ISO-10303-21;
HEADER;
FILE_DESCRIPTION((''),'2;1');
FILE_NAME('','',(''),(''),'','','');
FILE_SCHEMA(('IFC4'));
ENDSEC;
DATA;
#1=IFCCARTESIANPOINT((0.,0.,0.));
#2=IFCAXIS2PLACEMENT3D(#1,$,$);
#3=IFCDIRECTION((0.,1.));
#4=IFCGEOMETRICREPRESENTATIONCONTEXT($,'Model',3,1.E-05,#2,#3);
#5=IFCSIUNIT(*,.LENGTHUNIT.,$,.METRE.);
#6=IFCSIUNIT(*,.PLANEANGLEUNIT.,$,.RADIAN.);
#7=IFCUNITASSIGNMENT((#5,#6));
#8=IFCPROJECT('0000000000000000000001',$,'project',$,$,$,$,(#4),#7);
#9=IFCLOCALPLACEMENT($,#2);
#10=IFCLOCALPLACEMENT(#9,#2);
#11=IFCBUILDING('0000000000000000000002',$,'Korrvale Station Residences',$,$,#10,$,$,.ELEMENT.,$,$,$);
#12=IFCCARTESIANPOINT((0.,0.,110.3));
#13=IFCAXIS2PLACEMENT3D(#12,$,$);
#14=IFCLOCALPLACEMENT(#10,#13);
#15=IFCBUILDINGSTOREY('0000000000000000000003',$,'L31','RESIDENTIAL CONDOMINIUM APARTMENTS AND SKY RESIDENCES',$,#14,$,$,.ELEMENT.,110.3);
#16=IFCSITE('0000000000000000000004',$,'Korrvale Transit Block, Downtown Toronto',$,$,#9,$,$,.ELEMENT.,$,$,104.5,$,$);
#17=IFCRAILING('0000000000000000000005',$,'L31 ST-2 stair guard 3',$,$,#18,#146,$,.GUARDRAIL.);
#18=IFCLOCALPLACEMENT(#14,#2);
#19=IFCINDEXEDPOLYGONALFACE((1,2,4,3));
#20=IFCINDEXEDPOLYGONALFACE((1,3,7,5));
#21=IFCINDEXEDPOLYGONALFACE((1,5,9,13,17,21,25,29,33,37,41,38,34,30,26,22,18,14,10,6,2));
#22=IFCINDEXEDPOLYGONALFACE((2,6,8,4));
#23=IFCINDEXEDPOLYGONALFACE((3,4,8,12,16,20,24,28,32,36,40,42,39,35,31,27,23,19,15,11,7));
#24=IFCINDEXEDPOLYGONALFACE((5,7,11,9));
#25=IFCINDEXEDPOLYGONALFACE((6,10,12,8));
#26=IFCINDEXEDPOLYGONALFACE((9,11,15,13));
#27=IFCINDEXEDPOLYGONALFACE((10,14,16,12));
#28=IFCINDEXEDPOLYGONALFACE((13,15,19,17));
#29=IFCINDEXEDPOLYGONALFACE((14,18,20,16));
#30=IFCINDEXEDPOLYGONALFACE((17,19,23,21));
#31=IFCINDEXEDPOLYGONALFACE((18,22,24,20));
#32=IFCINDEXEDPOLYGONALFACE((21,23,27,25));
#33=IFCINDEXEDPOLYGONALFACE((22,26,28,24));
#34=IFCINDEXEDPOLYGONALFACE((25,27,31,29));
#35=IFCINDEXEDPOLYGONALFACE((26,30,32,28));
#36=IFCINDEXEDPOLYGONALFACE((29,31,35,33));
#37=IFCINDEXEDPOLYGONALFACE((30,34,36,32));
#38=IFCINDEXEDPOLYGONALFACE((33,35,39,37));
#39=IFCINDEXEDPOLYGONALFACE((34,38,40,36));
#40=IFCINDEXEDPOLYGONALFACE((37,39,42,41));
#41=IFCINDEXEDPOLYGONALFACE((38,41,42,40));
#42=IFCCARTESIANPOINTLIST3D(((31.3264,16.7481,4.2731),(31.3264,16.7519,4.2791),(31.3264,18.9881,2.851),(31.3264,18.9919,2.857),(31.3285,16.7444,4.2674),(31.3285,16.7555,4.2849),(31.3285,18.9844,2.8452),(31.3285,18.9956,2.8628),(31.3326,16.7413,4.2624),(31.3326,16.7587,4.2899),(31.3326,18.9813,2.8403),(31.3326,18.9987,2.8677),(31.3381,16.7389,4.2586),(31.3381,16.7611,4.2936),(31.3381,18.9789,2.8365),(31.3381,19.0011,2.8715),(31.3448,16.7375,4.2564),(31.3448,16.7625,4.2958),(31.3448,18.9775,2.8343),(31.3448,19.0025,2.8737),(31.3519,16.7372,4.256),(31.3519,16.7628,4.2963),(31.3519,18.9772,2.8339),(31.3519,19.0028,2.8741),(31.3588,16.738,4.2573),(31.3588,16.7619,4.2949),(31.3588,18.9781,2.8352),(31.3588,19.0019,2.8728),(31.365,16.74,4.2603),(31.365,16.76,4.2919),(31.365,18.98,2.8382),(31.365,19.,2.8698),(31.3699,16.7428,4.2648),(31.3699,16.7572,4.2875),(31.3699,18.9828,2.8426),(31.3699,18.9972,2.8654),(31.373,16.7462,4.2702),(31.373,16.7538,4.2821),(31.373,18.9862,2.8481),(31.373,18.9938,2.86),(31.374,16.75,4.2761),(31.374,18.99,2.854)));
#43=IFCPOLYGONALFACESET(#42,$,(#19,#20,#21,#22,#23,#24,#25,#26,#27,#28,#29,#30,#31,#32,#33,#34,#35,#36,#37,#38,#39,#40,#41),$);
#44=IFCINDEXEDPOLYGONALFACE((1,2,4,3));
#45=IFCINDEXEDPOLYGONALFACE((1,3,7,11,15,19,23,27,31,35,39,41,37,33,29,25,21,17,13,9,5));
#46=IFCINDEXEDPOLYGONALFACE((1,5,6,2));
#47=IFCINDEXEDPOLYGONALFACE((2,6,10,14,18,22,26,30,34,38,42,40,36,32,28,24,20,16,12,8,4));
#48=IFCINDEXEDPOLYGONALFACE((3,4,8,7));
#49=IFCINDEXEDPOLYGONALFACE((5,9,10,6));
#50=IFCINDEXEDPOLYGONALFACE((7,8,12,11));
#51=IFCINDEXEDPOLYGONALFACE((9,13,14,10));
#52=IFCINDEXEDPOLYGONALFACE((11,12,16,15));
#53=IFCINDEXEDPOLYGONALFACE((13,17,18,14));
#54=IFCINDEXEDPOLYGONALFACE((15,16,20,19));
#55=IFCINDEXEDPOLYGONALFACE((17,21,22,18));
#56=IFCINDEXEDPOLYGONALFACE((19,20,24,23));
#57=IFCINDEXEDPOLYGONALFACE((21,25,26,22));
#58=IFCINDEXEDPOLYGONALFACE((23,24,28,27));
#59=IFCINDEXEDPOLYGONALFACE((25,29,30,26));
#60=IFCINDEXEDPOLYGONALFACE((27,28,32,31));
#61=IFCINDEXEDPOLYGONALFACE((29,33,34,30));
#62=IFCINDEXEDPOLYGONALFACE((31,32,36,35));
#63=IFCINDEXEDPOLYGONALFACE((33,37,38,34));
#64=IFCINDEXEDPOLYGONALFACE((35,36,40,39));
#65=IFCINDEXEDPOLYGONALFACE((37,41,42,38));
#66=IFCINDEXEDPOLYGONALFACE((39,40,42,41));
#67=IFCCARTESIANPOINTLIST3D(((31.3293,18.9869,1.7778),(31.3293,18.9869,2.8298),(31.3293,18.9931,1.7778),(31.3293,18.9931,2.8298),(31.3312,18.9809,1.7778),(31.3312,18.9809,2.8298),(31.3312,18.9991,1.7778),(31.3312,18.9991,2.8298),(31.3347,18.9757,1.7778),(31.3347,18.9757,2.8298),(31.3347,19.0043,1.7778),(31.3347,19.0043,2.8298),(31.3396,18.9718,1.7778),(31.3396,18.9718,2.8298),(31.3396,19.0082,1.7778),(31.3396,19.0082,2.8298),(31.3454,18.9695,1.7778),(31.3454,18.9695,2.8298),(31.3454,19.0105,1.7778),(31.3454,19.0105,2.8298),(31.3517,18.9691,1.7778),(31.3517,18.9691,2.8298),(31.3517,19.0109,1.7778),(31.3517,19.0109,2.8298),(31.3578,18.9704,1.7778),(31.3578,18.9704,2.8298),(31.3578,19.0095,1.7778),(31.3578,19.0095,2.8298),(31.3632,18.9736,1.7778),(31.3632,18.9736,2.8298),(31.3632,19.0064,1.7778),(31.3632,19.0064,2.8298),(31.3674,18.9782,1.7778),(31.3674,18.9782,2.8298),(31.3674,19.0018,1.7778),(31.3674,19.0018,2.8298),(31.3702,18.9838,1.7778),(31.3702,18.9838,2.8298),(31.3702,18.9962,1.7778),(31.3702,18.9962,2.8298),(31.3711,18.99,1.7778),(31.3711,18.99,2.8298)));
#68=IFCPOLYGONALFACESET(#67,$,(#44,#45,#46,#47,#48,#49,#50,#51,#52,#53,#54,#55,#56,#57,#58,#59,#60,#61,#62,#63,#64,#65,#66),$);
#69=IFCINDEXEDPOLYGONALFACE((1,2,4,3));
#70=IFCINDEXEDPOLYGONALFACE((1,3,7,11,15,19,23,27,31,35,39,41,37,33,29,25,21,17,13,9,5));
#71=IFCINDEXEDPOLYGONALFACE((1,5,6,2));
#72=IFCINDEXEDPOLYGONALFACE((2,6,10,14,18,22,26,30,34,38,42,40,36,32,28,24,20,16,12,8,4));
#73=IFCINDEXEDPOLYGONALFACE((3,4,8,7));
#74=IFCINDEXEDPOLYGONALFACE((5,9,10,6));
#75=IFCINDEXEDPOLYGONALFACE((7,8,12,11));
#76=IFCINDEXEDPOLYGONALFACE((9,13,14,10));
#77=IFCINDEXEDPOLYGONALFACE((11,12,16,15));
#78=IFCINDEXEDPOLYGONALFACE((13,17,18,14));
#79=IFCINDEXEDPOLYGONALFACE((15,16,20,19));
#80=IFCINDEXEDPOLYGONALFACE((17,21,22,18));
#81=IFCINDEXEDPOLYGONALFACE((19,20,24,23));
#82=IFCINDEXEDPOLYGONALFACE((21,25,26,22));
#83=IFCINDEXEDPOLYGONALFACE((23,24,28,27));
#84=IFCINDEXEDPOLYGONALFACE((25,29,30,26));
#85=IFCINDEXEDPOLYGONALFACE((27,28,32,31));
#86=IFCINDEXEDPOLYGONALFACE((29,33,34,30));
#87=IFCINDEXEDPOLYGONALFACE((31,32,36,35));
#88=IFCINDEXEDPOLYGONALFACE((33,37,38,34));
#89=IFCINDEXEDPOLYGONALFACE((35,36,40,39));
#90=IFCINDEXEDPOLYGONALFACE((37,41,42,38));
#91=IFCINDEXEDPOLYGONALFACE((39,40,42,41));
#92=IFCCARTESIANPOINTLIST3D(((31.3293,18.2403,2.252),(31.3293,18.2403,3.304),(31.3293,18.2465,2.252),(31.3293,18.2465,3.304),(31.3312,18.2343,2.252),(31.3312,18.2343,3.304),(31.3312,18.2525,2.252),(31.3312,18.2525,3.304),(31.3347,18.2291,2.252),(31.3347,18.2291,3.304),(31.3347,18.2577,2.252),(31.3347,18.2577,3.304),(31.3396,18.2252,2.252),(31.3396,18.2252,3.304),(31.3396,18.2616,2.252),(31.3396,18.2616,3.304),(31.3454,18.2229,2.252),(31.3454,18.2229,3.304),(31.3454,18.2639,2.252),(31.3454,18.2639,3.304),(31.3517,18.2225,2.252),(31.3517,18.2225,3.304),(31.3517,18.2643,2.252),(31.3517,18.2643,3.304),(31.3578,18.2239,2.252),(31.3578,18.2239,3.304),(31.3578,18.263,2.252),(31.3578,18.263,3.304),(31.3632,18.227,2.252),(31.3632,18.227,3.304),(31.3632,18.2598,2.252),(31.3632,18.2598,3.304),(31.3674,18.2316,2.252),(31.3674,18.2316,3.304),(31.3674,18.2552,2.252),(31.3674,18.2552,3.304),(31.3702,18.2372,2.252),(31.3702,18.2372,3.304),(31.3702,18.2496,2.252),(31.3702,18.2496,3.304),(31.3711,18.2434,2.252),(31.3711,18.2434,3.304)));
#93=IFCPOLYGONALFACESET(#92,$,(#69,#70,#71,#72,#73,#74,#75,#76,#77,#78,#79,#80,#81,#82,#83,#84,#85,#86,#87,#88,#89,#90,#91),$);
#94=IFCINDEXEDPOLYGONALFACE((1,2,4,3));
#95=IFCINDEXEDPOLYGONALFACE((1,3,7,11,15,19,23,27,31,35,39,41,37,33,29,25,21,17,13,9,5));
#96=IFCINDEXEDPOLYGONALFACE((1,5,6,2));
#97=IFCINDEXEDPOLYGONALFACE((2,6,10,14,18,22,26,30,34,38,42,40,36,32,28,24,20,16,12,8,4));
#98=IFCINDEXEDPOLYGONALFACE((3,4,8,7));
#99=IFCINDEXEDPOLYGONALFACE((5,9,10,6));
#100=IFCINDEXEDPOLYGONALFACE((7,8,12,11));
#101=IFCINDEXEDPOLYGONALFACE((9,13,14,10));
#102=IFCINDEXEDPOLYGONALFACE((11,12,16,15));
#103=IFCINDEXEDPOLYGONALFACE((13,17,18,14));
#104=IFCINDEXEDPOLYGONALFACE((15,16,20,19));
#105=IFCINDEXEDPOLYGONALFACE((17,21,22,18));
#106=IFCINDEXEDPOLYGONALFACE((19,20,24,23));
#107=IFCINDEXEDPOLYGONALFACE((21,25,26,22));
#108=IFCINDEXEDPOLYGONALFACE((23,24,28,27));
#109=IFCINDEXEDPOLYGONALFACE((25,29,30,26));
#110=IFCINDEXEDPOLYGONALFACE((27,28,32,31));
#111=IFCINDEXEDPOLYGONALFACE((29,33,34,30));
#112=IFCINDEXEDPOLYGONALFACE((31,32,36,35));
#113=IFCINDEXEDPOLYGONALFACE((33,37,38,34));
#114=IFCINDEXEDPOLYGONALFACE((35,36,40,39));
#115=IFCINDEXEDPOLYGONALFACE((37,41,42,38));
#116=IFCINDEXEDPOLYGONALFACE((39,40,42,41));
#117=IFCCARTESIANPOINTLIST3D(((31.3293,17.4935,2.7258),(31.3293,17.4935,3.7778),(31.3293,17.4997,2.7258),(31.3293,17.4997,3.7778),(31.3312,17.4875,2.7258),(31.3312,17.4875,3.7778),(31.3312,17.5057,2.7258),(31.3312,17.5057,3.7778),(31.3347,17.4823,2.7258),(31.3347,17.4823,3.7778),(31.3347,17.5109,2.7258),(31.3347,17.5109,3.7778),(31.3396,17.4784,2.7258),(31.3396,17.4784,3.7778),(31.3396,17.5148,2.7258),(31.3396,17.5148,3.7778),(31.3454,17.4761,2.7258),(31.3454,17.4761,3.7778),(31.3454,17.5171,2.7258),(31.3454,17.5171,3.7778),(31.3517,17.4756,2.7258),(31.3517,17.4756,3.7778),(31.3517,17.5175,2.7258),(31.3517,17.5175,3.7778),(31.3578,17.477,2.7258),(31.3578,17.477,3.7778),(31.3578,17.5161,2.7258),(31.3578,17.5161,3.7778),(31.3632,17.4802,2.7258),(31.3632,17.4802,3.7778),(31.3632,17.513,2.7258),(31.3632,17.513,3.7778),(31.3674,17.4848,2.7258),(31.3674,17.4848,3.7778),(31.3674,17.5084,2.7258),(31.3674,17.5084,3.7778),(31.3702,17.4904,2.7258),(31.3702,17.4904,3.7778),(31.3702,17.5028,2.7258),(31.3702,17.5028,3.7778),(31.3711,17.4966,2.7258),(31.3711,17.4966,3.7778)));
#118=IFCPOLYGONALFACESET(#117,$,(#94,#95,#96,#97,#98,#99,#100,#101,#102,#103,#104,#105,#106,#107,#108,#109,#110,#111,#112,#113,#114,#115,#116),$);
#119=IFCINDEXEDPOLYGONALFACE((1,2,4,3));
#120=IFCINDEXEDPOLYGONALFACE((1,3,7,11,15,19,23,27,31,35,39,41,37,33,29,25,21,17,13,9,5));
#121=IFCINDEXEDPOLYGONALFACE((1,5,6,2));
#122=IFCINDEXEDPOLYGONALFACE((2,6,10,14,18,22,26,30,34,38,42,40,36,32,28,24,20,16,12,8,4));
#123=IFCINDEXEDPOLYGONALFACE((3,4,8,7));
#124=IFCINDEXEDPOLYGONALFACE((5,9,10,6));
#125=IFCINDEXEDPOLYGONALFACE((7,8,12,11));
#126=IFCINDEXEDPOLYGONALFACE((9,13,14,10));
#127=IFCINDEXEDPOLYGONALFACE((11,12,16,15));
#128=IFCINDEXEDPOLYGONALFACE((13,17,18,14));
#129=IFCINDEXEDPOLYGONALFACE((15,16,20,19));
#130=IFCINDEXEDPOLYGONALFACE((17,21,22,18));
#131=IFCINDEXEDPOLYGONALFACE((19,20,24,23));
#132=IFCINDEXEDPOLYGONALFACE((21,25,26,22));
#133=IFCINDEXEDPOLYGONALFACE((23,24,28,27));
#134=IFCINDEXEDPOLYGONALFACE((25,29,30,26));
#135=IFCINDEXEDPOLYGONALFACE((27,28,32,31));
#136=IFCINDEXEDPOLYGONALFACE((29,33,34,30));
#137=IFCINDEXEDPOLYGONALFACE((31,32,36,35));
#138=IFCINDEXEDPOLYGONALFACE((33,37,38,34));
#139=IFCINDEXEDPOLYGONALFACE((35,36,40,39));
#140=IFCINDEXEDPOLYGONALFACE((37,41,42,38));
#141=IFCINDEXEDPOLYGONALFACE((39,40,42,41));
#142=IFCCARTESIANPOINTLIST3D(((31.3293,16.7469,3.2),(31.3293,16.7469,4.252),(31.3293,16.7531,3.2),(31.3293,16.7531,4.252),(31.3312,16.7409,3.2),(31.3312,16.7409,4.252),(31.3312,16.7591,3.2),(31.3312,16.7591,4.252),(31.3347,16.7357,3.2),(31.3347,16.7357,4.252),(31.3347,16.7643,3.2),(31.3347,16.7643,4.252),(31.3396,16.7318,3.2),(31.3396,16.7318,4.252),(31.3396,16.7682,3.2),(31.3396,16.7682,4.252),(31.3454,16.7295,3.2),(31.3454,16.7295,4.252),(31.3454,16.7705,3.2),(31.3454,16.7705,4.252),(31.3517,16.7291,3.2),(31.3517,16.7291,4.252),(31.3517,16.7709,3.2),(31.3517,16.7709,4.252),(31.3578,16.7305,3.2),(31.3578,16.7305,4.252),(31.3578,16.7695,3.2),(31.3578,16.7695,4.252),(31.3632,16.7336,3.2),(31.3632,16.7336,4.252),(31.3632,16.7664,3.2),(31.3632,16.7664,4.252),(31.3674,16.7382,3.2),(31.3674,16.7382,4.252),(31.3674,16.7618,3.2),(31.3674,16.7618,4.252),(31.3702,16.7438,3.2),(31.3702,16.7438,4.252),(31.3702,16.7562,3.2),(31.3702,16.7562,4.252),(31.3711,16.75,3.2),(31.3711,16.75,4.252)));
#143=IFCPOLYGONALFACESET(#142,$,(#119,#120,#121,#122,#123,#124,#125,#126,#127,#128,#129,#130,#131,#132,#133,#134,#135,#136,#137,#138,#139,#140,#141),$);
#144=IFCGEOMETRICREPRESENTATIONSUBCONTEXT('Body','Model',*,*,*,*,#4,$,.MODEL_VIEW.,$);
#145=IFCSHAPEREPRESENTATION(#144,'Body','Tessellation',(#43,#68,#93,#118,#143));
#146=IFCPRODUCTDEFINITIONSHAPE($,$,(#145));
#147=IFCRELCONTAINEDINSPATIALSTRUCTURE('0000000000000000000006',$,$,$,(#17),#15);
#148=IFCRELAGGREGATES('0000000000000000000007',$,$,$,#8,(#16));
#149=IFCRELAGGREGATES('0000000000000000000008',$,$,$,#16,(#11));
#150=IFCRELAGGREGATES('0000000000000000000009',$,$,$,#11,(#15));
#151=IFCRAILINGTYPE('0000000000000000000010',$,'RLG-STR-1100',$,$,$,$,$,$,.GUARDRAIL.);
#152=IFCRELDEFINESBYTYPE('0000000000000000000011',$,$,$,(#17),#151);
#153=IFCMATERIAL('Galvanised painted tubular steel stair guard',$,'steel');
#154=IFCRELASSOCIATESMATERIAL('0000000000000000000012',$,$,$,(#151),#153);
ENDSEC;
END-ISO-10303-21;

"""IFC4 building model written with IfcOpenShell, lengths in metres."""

from ifc_helpers import new_model, si_unit, direction, frame, origin, origin_2d, place, context, subcontext, project, spatial, circle, extrude, material, type_object, element, save


model = new_model("IFC4")

# Units and contexts
model_context = context("Model", 3, precision=1e-05, world=origin(), true_north=direction((0.0, 1.0)))
body_context = subcontext(model_context, "Body", "Model", "MODEL_VIEW")
ifc_project = project(units=[si_unit("LENGTHUNIT", "METRE"), si_unit("PLANEANGLEUNIT", "RADIAN")], contexts=[model_context])

# Site, building, storey
site_placement = place(None, origin())
site = spatial("IfcSite", under=ifc_project, at=site_placement, Name="Korrvale Transit Block, Downtown Toronto", CompositionType="ELEMENT", RefElevation=104.5)
building_placement = place(site_placement, origin())
building = spatial("IfcBuilding", under=site, at=building_placement, Name="Korrvale Station Residences", CompositionType="ELEMENT")
storey_placement = place(building_placement, frame((0.0, 0.0, 110.3)))
storey = spatial("IfcBuildingStorey", under=building, at=storey_placement, Name="L31", Description="RESIDENTIAL CONDOMINIUM APARTMENTS AND SKY RESIDENCES", CompositionType="ELEMENT", Elevation=110.3)

# Railing
ifc_material_1 = material(Name="Galvanised painted tubular steel stair guard", Category="steel")
railing_type_1 = type_object("IfcRailingType", Name="RLG-STR-1100", PredefinedType="GUARDRAIL", material=ifc_material_1)
railing_1_placement = place(storey_placement, frame((31.3501, 18.99, 1.7778)))
element("IfcRailing", 1, at=railing_1_placement, inside=storey, type_object=railing_type_1, Name="L31 ST-2 stair guard 3", PredefinedType="GUARDRAIL", context=body_context, shape_type="SweptSolid", body=[
    extrude(circle(Radius=0.0239, at=origin_2d()), frame((0.0, 0.0, 1.0762), z_axis=(0.0, -0.844229, 0.535982), x_axis=(1.0, 0.0, 0.0)), (0.0, 0.0, 1.0), 2.6533),
    extrude(circle(Radius=0.021, at=origin_2d()), origin(), (0.0, 0.0, 1.0), 1.052),
    extrude(circle(Radius=0.021, at=origin_2d()), frame((0.0, -0.7466, 0.4741)), (0.0, 0.0, 1.0), 1.052),
    extrude(circle(Radius=0.021, at=origin_2d()), frame((0.0, -1.4934, 0.948)), (0.0, 0.0, 1.0), 1.052),
    extrude(circle(Radius=0.021, at=origin_2d()), frame((0.0, -2.24, 1.4221)), (0.0, 0.0, 1.0), 1.052),
])

save(model, "model.ifc")
